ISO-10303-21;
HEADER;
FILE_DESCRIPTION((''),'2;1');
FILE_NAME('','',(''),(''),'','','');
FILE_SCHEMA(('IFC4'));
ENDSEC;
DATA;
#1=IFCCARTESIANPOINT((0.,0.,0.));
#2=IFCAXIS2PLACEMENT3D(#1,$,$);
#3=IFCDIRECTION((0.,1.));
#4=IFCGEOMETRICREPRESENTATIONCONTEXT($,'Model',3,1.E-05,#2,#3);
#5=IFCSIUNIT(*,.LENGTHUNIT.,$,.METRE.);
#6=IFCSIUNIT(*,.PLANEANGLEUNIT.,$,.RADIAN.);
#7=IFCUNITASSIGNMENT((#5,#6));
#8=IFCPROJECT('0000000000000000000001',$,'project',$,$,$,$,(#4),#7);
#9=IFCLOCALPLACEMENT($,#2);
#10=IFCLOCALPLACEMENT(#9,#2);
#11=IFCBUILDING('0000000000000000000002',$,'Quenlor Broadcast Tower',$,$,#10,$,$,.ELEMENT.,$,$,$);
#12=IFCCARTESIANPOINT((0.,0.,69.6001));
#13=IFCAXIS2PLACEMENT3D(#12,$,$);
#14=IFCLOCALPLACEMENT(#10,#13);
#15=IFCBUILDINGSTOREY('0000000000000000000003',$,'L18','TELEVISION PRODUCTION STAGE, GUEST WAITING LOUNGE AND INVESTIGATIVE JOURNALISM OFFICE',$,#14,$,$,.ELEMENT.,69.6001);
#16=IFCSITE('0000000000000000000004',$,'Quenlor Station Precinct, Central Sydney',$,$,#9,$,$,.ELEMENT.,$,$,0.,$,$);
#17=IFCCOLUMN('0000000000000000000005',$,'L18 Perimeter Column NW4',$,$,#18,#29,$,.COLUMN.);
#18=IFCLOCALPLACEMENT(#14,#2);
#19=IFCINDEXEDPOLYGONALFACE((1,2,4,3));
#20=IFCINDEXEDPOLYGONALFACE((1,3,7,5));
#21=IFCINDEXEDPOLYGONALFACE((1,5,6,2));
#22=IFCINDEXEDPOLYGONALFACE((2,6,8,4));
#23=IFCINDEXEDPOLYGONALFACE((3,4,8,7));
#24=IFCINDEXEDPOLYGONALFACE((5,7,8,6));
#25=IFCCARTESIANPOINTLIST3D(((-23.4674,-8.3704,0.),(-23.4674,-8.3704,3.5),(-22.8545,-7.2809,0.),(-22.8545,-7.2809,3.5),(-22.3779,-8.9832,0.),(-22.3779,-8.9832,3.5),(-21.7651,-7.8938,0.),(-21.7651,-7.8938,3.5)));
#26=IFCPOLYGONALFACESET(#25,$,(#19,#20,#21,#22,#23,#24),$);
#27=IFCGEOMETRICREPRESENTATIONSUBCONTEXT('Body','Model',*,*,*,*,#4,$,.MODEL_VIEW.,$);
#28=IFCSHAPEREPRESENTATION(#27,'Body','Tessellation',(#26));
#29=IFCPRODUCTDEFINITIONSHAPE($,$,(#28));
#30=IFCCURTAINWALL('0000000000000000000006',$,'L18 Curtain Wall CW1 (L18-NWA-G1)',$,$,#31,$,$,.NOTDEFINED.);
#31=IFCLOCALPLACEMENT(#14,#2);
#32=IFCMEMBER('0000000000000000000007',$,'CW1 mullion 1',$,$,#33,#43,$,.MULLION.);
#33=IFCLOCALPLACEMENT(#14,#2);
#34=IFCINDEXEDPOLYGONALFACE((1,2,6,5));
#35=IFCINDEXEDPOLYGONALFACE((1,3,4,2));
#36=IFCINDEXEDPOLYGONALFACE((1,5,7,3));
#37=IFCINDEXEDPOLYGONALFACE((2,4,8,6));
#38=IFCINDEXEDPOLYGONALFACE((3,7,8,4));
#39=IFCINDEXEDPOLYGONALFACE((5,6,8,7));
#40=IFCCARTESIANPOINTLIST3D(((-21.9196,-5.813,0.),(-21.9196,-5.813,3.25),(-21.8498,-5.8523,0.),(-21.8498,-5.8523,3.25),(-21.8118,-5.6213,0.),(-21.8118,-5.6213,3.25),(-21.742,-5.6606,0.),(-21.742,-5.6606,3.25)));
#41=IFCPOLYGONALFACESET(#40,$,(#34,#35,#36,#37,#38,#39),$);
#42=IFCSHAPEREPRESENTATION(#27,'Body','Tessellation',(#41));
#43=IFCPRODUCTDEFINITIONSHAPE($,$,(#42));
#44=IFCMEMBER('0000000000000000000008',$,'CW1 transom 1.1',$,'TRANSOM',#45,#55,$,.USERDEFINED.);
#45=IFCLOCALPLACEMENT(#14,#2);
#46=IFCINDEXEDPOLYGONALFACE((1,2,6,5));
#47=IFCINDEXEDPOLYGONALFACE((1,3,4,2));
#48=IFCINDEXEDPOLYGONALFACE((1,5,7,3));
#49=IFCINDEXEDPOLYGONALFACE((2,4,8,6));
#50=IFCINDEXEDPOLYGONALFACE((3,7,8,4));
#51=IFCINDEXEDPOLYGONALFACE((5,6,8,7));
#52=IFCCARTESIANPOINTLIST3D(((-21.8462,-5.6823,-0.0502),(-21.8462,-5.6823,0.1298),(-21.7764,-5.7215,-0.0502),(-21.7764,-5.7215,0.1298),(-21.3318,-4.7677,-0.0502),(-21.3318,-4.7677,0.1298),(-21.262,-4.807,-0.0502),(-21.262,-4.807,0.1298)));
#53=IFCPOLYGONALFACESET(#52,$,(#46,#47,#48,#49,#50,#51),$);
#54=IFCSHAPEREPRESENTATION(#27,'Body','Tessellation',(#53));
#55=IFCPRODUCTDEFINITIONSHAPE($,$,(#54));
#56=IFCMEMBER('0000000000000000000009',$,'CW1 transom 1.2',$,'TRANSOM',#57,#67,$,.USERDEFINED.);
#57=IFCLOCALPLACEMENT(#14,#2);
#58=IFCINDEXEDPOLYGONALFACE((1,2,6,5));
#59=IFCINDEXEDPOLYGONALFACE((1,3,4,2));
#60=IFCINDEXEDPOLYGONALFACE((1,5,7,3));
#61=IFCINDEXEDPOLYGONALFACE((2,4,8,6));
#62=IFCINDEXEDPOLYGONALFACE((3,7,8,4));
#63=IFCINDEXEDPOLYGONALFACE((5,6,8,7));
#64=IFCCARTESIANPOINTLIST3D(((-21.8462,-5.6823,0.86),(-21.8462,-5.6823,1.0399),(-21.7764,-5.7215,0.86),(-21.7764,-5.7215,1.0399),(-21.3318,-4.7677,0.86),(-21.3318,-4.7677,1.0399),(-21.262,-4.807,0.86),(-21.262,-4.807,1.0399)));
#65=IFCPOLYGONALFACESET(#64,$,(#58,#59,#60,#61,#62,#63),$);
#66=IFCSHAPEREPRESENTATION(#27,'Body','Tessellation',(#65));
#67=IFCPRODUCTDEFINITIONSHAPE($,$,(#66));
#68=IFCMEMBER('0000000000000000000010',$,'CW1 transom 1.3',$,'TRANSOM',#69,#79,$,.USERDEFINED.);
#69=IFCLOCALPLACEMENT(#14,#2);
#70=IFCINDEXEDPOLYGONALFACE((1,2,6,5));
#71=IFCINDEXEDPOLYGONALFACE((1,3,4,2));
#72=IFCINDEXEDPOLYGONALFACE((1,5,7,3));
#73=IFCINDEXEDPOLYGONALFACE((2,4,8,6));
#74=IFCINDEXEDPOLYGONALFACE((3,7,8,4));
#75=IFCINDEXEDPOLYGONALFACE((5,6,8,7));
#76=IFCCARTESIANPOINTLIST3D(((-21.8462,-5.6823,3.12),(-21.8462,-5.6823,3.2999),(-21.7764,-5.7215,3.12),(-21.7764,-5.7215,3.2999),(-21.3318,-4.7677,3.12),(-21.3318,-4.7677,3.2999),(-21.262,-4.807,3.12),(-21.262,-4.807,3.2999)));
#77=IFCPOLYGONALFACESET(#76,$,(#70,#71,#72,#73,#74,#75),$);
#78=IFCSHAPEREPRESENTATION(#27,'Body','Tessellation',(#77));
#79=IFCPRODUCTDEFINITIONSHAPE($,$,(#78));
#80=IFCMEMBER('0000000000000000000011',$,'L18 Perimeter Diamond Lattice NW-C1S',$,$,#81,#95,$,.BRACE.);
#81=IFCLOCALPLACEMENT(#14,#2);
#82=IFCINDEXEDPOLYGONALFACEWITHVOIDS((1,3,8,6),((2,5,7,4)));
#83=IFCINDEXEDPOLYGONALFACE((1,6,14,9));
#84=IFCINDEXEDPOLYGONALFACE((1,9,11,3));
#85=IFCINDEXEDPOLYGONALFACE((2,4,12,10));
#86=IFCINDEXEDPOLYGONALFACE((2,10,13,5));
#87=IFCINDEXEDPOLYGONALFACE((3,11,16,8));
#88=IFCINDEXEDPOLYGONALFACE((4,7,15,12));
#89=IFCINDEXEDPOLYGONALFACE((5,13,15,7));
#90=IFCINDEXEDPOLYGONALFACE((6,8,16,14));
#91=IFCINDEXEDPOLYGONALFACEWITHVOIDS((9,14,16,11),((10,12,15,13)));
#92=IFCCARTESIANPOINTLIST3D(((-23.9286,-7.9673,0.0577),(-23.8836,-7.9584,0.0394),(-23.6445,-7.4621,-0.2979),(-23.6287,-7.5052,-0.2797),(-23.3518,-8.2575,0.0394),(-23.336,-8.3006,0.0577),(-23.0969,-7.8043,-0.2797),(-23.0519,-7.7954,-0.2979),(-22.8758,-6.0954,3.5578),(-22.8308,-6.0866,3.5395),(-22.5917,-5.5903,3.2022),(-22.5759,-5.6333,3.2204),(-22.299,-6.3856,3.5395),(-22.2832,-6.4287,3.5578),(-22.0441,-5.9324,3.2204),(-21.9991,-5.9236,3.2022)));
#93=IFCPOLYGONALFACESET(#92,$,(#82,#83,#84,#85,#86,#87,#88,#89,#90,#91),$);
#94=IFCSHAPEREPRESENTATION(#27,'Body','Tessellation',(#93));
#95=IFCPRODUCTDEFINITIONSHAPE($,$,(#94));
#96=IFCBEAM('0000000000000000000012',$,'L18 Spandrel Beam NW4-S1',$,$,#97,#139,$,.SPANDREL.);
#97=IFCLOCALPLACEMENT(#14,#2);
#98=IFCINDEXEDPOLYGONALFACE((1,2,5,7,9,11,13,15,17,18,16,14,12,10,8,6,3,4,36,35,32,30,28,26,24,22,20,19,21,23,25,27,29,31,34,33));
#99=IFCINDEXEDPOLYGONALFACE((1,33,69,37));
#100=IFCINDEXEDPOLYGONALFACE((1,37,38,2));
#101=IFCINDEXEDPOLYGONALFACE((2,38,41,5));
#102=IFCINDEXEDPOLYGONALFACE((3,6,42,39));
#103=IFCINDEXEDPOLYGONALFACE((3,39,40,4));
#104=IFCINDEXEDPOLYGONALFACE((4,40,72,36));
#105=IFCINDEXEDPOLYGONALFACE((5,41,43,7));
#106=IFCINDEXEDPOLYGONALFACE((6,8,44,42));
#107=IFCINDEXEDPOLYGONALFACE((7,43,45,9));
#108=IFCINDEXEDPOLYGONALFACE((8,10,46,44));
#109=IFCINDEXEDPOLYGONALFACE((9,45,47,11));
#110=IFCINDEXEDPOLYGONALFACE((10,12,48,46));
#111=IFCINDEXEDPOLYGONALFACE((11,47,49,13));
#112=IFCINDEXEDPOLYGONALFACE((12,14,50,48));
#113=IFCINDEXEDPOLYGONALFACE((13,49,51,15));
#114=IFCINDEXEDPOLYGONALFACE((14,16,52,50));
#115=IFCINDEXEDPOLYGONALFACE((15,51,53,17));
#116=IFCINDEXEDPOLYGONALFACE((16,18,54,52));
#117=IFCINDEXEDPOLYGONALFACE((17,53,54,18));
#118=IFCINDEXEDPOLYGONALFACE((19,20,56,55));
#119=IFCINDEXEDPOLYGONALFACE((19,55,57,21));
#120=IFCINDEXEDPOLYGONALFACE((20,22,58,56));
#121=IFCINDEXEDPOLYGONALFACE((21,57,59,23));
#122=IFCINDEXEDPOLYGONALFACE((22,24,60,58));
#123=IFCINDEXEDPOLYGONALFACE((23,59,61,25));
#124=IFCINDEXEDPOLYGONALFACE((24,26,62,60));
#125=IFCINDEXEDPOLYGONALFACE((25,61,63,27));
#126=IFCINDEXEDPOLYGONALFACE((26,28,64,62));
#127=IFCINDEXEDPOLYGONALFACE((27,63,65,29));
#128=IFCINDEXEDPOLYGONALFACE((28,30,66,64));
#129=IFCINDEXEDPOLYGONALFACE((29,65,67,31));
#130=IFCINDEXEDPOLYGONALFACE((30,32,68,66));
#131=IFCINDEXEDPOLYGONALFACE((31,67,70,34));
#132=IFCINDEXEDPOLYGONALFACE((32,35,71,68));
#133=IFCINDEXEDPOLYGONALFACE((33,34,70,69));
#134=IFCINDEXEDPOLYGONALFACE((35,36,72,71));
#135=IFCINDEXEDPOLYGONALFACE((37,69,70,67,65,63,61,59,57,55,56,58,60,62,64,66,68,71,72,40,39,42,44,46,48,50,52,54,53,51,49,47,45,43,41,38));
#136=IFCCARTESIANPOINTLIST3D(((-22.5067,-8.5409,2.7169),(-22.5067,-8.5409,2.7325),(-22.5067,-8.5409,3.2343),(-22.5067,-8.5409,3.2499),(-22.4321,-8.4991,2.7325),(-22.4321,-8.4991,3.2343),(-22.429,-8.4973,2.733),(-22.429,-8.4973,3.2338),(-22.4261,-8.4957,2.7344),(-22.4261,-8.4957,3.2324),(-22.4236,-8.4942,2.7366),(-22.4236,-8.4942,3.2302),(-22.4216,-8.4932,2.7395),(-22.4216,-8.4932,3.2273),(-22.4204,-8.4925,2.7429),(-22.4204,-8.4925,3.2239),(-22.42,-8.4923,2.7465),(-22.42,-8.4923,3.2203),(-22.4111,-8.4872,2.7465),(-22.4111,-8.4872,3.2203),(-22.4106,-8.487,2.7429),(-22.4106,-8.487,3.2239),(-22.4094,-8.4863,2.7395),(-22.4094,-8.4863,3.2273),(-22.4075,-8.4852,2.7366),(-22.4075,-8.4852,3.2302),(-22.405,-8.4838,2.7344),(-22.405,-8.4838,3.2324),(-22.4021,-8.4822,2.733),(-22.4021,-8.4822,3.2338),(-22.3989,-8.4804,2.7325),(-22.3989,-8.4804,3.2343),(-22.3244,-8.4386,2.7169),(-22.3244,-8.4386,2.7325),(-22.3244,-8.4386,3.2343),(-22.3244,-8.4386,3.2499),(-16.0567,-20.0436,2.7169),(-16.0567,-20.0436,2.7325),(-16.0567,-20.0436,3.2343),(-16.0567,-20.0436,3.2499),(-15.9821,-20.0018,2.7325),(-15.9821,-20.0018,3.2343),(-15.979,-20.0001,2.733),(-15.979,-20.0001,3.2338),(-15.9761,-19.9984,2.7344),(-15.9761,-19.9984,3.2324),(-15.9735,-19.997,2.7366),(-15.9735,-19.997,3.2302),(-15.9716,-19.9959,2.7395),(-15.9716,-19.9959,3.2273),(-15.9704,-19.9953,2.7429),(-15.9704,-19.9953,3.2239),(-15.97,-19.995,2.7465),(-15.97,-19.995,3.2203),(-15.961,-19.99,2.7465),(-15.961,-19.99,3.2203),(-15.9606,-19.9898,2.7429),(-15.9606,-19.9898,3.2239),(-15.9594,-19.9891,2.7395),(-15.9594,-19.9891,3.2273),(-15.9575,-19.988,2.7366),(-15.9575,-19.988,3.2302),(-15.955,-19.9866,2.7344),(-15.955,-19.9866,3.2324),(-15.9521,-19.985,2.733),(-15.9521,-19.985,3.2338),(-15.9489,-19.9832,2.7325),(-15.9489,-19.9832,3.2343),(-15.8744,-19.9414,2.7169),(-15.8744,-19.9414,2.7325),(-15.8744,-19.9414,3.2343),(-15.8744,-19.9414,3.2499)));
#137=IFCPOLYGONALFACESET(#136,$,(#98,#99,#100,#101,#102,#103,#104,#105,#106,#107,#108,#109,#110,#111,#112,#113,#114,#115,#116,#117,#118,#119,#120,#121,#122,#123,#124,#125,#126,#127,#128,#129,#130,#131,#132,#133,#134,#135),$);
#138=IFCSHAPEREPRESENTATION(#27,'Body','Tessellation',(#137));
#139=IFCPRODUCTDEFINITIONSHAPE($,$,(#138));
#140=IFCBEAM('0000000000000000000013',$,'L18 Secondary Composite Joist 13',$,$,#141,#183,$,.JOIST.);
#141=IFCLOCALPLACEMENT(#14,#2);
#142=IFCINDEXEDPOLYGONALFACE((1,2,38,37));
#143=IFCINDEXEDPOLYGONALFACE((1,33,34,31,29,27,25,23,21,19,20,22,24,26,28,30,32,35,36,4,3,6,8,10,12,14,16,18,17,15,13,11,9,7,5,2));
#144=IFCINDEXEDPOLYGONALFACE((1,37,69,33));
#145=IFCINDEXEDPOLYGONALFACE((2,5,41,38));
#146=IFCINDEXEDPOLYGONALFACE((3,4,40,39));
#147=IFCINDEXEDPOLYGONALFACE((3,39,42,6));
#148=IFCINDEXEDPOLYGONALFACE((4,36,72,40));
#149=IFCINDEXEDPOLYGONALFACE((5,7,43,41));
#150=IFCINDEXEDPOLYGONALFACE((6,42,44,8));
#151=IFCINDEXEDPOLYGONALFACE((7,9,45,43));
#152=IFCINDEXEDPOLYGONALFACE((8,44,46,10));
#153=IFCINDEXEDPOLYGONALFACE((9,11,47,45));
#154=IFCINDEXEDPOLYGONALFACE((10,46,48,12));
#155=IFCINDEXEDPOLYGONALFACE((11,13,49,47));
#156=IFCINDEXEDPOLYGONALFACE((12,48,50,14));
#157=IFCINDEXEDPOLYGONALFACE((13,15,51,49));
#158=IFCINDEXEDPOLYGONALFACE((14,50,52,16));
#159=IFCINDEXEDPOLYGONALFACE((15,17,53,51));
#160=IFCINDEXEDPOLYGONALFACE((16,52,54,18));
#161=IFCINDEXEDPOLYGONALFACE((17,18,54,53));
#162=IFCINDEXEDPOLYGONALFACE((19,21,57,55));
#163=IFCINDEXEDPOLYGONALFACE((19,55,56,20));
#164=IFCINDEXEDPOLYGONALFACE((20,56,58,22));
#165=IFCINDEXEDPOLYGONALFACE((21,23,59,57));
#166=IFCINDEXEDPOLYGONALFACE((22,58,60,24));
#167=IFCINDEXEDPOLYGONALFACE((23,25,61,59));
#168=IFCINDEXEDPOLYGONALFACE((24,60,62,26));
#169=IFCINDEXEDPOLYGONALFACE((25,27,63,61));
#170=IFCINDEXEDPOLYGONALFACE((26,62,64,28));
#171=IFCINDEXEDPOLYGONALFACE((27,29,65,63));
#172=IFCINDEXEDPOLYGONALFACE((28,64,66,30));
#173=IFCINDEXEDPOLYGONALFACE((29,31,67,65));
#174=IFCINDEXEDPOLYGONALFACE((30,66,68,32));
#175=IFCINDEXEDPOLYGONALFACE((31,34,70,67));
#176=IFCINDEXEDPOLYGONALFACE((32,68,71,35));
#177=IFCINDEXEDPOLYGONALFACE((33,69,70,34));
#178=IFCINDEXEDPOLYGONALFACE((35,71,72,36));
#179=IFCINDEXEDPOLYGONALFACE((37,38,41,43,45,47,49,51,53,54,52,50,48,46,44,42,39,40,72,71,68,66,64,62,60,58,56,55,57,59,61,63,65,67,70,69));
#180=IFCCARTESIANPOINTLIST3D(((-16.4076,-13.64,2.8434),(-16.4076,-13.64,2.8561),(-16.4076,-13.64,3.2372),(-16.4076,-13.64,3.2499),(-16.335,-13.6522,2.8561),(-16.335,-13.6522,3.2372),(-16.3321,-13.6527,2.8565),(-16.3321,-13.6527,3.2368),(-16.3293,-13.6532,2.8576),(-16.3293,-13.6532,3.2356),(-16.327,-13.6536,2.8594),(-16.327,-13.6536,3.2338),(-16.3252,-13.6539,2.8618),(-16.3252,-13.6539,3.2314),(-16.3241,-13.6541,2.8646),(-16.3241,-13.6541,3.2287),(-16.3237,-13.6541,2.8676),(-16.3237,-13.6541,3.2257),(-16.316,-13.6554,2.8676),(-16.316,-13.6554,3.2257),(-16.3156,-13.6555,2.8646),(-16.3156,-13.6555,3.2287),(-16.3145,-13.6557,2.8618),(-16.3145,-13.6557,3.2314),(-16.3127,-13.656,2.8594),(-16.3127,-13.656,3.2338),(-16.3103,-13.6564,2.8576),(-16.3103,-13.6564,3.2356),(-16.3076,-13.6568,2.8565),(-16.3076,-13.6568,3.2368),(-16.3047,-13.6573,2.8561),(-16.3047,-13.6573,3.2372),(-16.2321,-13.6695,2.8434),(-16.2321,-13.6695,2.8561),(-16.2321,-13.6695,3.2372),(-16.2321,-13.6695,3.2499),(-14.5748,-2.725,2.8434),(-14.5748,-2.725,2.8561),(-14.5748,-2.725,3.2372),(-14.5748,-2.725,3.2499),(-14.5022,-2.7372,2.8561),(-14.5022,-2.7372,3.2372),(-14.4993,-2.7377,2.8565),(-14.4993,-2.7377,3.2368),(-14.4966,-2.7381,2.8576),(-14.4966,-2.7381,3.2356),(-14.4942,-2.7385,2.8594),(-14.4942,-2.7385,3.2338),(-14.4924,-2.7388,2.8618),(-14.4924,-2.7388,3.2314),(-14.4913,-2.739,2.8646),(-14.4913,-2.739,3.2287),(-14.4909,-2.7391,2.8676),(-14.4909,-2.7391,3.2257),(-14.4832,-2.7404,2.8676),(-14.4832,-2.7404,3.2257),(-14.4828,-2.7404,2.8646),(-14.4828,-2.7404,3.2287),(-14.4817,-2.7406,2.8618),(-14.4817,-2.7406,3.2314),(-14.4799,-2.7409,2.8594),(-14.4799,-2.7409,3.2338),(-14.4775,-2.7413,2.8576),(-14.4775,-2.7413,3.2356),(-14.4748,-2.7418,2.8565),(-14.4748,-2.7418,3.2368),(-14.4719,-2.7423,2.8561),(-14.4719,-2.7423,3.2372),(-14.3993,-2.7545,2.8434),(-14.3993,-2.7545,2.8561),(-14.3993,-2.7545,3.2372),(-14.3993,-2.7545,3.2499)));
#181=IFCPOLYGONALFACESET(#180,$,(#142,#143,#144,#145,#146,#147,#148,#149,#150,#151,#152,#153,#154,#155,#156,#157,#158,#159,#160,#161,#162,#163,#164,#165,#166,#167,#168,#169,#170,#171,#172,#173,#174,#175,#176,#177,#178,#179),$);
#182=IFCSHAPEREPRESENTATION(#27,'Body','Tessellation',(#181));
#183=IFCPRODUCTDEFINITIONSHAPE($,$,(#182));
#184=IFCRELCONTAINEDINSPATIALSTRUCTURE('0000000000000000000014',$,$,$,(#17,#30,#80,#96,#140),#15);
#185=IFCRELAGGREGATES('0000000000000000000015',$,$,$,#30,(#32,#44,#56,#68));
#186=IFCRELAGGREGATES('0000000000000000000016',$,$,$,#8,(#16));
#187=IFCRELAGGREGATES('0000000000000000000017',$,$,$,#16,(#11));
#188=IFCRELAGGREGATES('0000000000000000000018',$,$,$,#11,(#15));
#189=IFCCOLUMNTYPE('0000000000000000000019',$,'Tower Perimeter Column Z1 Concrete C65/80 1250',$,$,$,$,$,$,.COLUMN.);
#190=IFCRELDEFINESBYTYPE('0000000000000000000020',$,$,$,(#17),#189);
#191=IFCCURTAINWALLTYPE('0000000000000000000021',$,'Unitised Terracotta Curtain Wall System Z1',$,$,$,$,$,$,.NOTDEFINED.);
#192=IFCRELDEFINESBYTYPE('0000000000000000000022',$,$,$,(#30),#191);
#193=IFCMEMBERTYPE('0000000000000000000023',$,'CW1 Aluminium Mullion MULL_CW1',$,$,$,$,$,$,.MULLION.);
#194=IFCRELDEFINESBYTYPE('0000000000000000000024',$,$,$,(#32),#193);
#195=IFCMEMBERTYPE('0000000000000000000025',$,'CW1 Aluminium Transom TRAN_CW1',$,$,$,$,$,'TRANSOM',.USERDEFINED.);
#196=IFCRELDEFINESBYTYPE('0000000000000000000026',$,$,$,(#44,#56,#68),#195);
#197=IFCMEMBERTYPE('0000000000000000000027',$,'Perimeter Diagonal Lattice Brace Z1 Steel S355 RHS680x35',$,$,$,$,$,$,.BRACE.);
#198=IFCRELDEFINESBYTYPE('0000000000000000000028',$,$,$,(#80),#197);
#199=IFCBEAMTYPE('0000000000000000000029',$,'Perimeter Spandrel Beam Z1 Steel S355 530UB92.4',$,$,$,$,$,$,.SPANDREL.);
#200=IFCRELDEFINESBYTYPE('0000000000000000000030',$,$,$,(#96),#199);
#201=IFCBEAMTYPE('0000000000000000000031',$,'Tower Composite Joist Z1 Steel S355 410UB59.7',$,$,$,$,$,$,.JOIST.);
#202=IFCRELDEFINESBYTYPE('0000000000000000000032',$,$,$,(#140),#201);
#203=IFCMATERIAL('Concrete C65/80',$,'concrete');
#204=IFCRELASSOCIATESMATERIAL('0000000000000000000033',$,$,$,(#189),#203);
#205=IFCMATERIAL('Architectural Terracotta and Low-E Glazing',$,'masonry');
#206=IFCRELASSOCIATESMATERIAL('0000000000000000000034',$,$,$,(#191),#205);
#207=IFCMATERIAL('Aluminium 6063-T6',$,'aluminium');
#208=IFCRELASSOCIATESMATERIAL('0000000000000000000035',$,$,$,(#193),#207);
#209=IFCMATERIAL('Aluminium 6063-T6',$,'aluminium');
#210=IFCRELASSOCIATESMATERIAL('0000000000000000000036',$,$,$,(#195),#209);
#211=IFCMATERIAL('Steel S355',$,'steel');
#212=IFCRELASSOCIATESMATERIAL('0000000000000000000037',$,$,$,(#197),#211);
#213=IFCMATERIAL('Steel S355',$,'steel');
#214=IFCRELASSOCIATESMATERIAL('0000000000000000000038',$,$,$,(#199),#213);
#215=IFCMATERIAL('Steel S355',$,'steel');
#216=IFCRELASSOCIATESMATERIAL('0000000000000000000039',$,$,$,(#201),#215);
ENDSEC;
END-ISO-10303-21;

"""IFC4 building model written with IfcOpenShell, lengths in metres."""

from ifc_helpers import new_model, si_unit, direction, frame, origin, origin_2d, place, context, subcontext, project, spatial, rectangle, hollow_rectangle, i_section, extrude, material, material_profile, profile_set, type_object, element, aggregate, save


model = new_model("IFC4")

# Units and contexts
model_context = context("Model", 3, precision=1e-05, world=origin(), true_north=direction((0.0, 1.0)))
body_context = subcontext(model_context, "Body", "Model", "MODEL_VIEW")
ifc_project = project(units=[si_unit("LENGTHUNIT", "METRE"), si_unit("PLANEANGLEUNIT", "RADIAN")], contexts=[model_context])

# Site, building, storey
site_placement = place(None, origin())
site = spatial("IfcSite", under=ifc_project, at=site_placement, Name="Quenlor Station Precinct, Central Sydney", CompositionType="ELEMENT", RefElevation=0.0)
building_placement = place(site_placement, origin())
building = spatial("IfcBuilding", under=site, at=building_placement, Name="Quenlor Broadcast Tower", CompositionType="ELEMENT")
storey_placement = place(building_placement, frame((0.0, 0.0, 69.6001)))
storey = spatial("IfcBuildingStorey", under=building, at=storey_placement, Name="L18", Description="TELEVISION PRODUCTION STAGE, GUEST WAITING LOUNGE AND INVESTIGATIVE JOURNALISM OFFICE", CompositionType="ELEMENT", Elevation=69.6001)

# Column
ifc_material_1 = material(Name="Concrete C65/80", Category="concrete")
ifc_material_profile_1 = material_profile(ifc_material_1, rectangle(XDim=1.25, YDim=1.25, at=origin_2d()))
ifc_profile_set_1 = profile_set([ifc_material_profile_1], Name="Concrete C65/80 RC1250x1250")
column_type = type_object("IfcColumnType", Name="Tower Perimeter Column Z1 Concrete C65/80 1250", PredefinedType="COLUMN", material=ifc_profile_set_1)
column_placement = place(storey_placement, frame((-22.6162, -8.1321, 0.0), z_axis=(0.0, 0.0, 1.0), x_axis=(-0.871575, 0.490262, 0.0)))
element("IfcColumn", 1, at=column_placement, inside=storey, type_object=column_type, Name="L18 Perimeter Column NW4", PredefinedType="COLUMN", context=body_context, shape_type="SweptSolid", body=[
    extrude(rectangle(XDim=1.25, YDim=1.25, at=origin_2d()), origin(), (0.0, 0.0, 1.0), 3.5),
])

# Curtain wall, members
ifc_material_2 = material(Name="Architectural Terracotta and Low-E Glazing", Category="masonry")
curtain_wall_type = type_object("IfcCurtainWallType", Name="Unitised Terracotta Curtain Wall System Z1", PredefinedType="NOTDEFINED", material=ifc_material_2)
curtain_wall_placement = place(storey_placement, origin())
curtain_wall = element("IfcCurtainWall", 2, at=curtain_wall_placement, inside=storey, type_object=curtain_wall_type, Name="L18 Curtain Wall CW1 (L18-NWA-G1)", PredefinedType="NOTDEFINED")
ifc_material_3 = material(Name="Aluminium 6063-T6", Category="aluminium")
ifc_material_profile_2 = material_profile(ifc_material_3, rectangle(XDim=0.0801, YDim=0.22, at=origin_2d()))
ifc_profile_set_2 = profile_set([ifc_material_profile_2], Name="Aluminium 6063-T6 MULL80x220")
member_type_1 = type_object("IfcMemberType", Name="CW1 Aluminium Mullion MULL_CW1", PredefinedType="MULLION", material=ifc_profile_set_2)
member_1_placement = place(storey_placement, frame((-21.8308, -5.7368, 0.0), z_axis=(0.0, 0.0, 1.0), x_axis=(-0.871567, 0.490277, 0.0)))
member_1 = element("IfcMember", 3, at=member_1_placement, type_object=member_type_1, Name="CW1 mullion 1", PredefinedType="MULLION", context=body_context, shape_type="SweptSolid", body=[
    extrude(rectangle(XDim=0.0801, YDim=0.22, at=origin_2d()), origin(), (0.0, 0.0, 1.0), 3.25),
])
ifc_material_4 = material(Name="Aluminium 6063-T6", Category="aluminium")
ifc_material_profile_3 = material_profile(ifc_material_4, rectangle(XDim=0.0801, YDim=0.1799, at=origin_2d()))
ifc_profile_set_3 = profile_set([ifc_material_profile_3], Name="Aluminium 6063-T6 TRAN80x180")
member_type_2 = type_object("IfcMemberType", Name="CW1 Aluminium Transom TRAN_CW1", ElementType="TRANSOM", PredefinedType="USERDEFINED", material=ifc_profile_set_3)
member_2_placement = place(storey_placement, frame((-21.8113, -5.7019, 0.0398), z_axis=(0.490239, 0.871588, 0.0), x_axis=(-0.871588, 0.490239, 0.0)))
member_2 = element("IfcMember", 4, at=member_2_placement, type_object=member_type_2, Name="CW1 transom 1.1", ObjectType="TRANSOM", PredefinedType="USERDEFINED", context=body_context, shape_type="SweptSolid", body=[
    extrude(rectangle(XDim=0.0801, YDim=0.1799, at=origin_2d()), origin(), (0.0, 0.0, 1.0), 1.0493),
])
member_3_placement = place(storey_placement, frame((-21.8113, -5.7019, 0.95), z_axis=(0.490239, 0.871588, 0.0), x_axis=(-0.871588, 0.490239, 0.0)))
member_3 = element("IfcMember", 5, at=member_3_placement, type_object=member_type_2, Name="CW1 transom 1.2", ObjectType="TRANSOM", PredefinedType="USERDEFINED", context=body_context, shape_type="SweptSolid", body=[
    extrude(rectangle(XDim=0.0801, YDim=0.1799, at=origin_2d()), origin(), (0.0, 0.0, 1.0), 1.0493),
])
member_4_placement = place(storey_placement, frame((-21.8113, -5.7019, 3.21), z_axis=(0.490239, 0.871588, 0.0), x_axis=(-0.871588, 0.490239, 0.0)))
member_4 = element("IfcMember", 6, at=member_4_placement, type_object=member_type_2, Name="CW1 transom 1.3", ObjectType="TRANSOM", PredefinedType="USERDEFINED", context=body_context, shape_type="SweptSolid", body=[
    extrude(rectangle(XDim=0.0801, YDim=0.1799, at=origin_2d()), origin(), (0.0, 0.0, 1.0), 1.0493),
])

# Member
ifc_material_5 = material(Name="Steel S355", Category="steel")
ifc_material_profile_4 = material_profile(ifc_material_5, hollow_rectangle(XDim=0.6799, YDim=0.6799, WallThickness=0.0349, at=origin_2d()))
ifc_profile_set_4 = profile_set([ifc_material_profile_4], Name="Steel S355 RHS680x680x35")
member_type_3 = type_object("IfcMemberType", Name="Perimeter Diagonal Lattice Brace Z1 Steel S355 RHS680x35", PredefinedType="BRACE", material=ifc_profile_set_4)
member_5_placement = place(storey_placement, frame((-23.4902, -7.8813, -0.1201), z_axis=(0.256368, 0.455839, 0.852342), x_axis=(-0.871609, 0.490202, 0.0)))
element("IfcMember", 7, at=member_5_placement, inside=storey, type_object=member_type_3, Name="L18 Perimeter Diamond Lattice NW-C1S", PredefinedType="BRACE", context=body_context, shape_type="SweptSolid", body=[
    extrude(hollow_rectangle(XDim=0.6799, YDim=0.6799, WallThickness=0.0349, at=origin_2d()), origin(), (0.0, 0.0, 1.0), 4.1064),
])

# Beams
ifc_material_6 = material(Name="Steel S355", Category="steel")
ifc_material_profile_5 = material_profile(ifc_material_6, i_section(OverallWidth=0.209, OverallDepth=0.533, WebThickness=0.0103, FlangeThickness=0.0156, FilletRadius=0.0139, at=origin_2d()))
ifc_profile_set_5 = profile_set([ifc_material_profile_5], Name="Steel S355 530UB92.4")
beam_type_1 = type_object("IfcBeamType", Name="Perimeter Spandrel Beam Z1 Steel S355 530UB92.4", PredefinedType="SPANDREL", material=ifc_profile_set_5)
beam_1_placement = place(storey_placement, frame((-22.4155, -8.4897, 2.9834), z_axis=(0.489091, -0.872233, 0.0), x_axis=(0.872233, 0.489091, 0.0)))
element("IfcBeam", 8, at=beam_1_placement, inside=storey, type_object=beam_type_1, Name="L18 Spandrel Beam NW4-S1", PredefinedType="SPANDREL", context=body_context, shape_type="SweptSolid", body=[
    extrude(i_section(OverallWidth=0.209, OverallDepth=0.533, WebThickness=0.0103, FlangeThickness=0.0156, FilletRadius=0.0139, at=origin_2d()), origin(), (0.0, 0.0, 1.0), 13.1877),
])
ifc_material_7 = material(Name="Steel S355", Category="steel")
ifc_material_profile_6 = material_profile(ifc_material_7, i_section(OverallWidth=0.178, OverallDepth=0.4065, WebThickness=0.0078, FlangeThickness=0.0127, FilletRadius=0.0115, at=origin_2d()))
ifc_profile_set_6 = profile_set([ifc_material_profile_6], Name="Steel S355 410UB59.7")
beam_type_2 = type_object("IfcBeamType", Name="Tower Composite Joist Z1 Steel S355 410UB59.7", PredefinedType="JOIST", material=ifc_profile_set_6)
beam_2_placement = place(storey_placement, frame((-16.3198, -13.6548, 3.0466), z_axis=(0.165594, 0.986194, 0.0), x_axis=(-0.986194, 0.165594, 0.0)))
element("IfcBeam", 9, at=beam_2_placement, inside=storey, type_object=beam_type_2, Name="L18 Secondary Composite Joist 13", PredefinedType="JOIST", context=body_context, shape_type="SweptSolid", body=[
    extrude(i_section(OverallWidth=0.178, OverallDepth=0.4065, WebThickness=0.0078, FlangeThickness=0.0127, FilletRadius=0.0115, at=origin_2d()), origin(), (0.0, 0.0, 1.0), 11.0679),
])

aggregate(curtain_wall, [member_1, member_2, member_3, member_4])

save(model, "model.ifc")
